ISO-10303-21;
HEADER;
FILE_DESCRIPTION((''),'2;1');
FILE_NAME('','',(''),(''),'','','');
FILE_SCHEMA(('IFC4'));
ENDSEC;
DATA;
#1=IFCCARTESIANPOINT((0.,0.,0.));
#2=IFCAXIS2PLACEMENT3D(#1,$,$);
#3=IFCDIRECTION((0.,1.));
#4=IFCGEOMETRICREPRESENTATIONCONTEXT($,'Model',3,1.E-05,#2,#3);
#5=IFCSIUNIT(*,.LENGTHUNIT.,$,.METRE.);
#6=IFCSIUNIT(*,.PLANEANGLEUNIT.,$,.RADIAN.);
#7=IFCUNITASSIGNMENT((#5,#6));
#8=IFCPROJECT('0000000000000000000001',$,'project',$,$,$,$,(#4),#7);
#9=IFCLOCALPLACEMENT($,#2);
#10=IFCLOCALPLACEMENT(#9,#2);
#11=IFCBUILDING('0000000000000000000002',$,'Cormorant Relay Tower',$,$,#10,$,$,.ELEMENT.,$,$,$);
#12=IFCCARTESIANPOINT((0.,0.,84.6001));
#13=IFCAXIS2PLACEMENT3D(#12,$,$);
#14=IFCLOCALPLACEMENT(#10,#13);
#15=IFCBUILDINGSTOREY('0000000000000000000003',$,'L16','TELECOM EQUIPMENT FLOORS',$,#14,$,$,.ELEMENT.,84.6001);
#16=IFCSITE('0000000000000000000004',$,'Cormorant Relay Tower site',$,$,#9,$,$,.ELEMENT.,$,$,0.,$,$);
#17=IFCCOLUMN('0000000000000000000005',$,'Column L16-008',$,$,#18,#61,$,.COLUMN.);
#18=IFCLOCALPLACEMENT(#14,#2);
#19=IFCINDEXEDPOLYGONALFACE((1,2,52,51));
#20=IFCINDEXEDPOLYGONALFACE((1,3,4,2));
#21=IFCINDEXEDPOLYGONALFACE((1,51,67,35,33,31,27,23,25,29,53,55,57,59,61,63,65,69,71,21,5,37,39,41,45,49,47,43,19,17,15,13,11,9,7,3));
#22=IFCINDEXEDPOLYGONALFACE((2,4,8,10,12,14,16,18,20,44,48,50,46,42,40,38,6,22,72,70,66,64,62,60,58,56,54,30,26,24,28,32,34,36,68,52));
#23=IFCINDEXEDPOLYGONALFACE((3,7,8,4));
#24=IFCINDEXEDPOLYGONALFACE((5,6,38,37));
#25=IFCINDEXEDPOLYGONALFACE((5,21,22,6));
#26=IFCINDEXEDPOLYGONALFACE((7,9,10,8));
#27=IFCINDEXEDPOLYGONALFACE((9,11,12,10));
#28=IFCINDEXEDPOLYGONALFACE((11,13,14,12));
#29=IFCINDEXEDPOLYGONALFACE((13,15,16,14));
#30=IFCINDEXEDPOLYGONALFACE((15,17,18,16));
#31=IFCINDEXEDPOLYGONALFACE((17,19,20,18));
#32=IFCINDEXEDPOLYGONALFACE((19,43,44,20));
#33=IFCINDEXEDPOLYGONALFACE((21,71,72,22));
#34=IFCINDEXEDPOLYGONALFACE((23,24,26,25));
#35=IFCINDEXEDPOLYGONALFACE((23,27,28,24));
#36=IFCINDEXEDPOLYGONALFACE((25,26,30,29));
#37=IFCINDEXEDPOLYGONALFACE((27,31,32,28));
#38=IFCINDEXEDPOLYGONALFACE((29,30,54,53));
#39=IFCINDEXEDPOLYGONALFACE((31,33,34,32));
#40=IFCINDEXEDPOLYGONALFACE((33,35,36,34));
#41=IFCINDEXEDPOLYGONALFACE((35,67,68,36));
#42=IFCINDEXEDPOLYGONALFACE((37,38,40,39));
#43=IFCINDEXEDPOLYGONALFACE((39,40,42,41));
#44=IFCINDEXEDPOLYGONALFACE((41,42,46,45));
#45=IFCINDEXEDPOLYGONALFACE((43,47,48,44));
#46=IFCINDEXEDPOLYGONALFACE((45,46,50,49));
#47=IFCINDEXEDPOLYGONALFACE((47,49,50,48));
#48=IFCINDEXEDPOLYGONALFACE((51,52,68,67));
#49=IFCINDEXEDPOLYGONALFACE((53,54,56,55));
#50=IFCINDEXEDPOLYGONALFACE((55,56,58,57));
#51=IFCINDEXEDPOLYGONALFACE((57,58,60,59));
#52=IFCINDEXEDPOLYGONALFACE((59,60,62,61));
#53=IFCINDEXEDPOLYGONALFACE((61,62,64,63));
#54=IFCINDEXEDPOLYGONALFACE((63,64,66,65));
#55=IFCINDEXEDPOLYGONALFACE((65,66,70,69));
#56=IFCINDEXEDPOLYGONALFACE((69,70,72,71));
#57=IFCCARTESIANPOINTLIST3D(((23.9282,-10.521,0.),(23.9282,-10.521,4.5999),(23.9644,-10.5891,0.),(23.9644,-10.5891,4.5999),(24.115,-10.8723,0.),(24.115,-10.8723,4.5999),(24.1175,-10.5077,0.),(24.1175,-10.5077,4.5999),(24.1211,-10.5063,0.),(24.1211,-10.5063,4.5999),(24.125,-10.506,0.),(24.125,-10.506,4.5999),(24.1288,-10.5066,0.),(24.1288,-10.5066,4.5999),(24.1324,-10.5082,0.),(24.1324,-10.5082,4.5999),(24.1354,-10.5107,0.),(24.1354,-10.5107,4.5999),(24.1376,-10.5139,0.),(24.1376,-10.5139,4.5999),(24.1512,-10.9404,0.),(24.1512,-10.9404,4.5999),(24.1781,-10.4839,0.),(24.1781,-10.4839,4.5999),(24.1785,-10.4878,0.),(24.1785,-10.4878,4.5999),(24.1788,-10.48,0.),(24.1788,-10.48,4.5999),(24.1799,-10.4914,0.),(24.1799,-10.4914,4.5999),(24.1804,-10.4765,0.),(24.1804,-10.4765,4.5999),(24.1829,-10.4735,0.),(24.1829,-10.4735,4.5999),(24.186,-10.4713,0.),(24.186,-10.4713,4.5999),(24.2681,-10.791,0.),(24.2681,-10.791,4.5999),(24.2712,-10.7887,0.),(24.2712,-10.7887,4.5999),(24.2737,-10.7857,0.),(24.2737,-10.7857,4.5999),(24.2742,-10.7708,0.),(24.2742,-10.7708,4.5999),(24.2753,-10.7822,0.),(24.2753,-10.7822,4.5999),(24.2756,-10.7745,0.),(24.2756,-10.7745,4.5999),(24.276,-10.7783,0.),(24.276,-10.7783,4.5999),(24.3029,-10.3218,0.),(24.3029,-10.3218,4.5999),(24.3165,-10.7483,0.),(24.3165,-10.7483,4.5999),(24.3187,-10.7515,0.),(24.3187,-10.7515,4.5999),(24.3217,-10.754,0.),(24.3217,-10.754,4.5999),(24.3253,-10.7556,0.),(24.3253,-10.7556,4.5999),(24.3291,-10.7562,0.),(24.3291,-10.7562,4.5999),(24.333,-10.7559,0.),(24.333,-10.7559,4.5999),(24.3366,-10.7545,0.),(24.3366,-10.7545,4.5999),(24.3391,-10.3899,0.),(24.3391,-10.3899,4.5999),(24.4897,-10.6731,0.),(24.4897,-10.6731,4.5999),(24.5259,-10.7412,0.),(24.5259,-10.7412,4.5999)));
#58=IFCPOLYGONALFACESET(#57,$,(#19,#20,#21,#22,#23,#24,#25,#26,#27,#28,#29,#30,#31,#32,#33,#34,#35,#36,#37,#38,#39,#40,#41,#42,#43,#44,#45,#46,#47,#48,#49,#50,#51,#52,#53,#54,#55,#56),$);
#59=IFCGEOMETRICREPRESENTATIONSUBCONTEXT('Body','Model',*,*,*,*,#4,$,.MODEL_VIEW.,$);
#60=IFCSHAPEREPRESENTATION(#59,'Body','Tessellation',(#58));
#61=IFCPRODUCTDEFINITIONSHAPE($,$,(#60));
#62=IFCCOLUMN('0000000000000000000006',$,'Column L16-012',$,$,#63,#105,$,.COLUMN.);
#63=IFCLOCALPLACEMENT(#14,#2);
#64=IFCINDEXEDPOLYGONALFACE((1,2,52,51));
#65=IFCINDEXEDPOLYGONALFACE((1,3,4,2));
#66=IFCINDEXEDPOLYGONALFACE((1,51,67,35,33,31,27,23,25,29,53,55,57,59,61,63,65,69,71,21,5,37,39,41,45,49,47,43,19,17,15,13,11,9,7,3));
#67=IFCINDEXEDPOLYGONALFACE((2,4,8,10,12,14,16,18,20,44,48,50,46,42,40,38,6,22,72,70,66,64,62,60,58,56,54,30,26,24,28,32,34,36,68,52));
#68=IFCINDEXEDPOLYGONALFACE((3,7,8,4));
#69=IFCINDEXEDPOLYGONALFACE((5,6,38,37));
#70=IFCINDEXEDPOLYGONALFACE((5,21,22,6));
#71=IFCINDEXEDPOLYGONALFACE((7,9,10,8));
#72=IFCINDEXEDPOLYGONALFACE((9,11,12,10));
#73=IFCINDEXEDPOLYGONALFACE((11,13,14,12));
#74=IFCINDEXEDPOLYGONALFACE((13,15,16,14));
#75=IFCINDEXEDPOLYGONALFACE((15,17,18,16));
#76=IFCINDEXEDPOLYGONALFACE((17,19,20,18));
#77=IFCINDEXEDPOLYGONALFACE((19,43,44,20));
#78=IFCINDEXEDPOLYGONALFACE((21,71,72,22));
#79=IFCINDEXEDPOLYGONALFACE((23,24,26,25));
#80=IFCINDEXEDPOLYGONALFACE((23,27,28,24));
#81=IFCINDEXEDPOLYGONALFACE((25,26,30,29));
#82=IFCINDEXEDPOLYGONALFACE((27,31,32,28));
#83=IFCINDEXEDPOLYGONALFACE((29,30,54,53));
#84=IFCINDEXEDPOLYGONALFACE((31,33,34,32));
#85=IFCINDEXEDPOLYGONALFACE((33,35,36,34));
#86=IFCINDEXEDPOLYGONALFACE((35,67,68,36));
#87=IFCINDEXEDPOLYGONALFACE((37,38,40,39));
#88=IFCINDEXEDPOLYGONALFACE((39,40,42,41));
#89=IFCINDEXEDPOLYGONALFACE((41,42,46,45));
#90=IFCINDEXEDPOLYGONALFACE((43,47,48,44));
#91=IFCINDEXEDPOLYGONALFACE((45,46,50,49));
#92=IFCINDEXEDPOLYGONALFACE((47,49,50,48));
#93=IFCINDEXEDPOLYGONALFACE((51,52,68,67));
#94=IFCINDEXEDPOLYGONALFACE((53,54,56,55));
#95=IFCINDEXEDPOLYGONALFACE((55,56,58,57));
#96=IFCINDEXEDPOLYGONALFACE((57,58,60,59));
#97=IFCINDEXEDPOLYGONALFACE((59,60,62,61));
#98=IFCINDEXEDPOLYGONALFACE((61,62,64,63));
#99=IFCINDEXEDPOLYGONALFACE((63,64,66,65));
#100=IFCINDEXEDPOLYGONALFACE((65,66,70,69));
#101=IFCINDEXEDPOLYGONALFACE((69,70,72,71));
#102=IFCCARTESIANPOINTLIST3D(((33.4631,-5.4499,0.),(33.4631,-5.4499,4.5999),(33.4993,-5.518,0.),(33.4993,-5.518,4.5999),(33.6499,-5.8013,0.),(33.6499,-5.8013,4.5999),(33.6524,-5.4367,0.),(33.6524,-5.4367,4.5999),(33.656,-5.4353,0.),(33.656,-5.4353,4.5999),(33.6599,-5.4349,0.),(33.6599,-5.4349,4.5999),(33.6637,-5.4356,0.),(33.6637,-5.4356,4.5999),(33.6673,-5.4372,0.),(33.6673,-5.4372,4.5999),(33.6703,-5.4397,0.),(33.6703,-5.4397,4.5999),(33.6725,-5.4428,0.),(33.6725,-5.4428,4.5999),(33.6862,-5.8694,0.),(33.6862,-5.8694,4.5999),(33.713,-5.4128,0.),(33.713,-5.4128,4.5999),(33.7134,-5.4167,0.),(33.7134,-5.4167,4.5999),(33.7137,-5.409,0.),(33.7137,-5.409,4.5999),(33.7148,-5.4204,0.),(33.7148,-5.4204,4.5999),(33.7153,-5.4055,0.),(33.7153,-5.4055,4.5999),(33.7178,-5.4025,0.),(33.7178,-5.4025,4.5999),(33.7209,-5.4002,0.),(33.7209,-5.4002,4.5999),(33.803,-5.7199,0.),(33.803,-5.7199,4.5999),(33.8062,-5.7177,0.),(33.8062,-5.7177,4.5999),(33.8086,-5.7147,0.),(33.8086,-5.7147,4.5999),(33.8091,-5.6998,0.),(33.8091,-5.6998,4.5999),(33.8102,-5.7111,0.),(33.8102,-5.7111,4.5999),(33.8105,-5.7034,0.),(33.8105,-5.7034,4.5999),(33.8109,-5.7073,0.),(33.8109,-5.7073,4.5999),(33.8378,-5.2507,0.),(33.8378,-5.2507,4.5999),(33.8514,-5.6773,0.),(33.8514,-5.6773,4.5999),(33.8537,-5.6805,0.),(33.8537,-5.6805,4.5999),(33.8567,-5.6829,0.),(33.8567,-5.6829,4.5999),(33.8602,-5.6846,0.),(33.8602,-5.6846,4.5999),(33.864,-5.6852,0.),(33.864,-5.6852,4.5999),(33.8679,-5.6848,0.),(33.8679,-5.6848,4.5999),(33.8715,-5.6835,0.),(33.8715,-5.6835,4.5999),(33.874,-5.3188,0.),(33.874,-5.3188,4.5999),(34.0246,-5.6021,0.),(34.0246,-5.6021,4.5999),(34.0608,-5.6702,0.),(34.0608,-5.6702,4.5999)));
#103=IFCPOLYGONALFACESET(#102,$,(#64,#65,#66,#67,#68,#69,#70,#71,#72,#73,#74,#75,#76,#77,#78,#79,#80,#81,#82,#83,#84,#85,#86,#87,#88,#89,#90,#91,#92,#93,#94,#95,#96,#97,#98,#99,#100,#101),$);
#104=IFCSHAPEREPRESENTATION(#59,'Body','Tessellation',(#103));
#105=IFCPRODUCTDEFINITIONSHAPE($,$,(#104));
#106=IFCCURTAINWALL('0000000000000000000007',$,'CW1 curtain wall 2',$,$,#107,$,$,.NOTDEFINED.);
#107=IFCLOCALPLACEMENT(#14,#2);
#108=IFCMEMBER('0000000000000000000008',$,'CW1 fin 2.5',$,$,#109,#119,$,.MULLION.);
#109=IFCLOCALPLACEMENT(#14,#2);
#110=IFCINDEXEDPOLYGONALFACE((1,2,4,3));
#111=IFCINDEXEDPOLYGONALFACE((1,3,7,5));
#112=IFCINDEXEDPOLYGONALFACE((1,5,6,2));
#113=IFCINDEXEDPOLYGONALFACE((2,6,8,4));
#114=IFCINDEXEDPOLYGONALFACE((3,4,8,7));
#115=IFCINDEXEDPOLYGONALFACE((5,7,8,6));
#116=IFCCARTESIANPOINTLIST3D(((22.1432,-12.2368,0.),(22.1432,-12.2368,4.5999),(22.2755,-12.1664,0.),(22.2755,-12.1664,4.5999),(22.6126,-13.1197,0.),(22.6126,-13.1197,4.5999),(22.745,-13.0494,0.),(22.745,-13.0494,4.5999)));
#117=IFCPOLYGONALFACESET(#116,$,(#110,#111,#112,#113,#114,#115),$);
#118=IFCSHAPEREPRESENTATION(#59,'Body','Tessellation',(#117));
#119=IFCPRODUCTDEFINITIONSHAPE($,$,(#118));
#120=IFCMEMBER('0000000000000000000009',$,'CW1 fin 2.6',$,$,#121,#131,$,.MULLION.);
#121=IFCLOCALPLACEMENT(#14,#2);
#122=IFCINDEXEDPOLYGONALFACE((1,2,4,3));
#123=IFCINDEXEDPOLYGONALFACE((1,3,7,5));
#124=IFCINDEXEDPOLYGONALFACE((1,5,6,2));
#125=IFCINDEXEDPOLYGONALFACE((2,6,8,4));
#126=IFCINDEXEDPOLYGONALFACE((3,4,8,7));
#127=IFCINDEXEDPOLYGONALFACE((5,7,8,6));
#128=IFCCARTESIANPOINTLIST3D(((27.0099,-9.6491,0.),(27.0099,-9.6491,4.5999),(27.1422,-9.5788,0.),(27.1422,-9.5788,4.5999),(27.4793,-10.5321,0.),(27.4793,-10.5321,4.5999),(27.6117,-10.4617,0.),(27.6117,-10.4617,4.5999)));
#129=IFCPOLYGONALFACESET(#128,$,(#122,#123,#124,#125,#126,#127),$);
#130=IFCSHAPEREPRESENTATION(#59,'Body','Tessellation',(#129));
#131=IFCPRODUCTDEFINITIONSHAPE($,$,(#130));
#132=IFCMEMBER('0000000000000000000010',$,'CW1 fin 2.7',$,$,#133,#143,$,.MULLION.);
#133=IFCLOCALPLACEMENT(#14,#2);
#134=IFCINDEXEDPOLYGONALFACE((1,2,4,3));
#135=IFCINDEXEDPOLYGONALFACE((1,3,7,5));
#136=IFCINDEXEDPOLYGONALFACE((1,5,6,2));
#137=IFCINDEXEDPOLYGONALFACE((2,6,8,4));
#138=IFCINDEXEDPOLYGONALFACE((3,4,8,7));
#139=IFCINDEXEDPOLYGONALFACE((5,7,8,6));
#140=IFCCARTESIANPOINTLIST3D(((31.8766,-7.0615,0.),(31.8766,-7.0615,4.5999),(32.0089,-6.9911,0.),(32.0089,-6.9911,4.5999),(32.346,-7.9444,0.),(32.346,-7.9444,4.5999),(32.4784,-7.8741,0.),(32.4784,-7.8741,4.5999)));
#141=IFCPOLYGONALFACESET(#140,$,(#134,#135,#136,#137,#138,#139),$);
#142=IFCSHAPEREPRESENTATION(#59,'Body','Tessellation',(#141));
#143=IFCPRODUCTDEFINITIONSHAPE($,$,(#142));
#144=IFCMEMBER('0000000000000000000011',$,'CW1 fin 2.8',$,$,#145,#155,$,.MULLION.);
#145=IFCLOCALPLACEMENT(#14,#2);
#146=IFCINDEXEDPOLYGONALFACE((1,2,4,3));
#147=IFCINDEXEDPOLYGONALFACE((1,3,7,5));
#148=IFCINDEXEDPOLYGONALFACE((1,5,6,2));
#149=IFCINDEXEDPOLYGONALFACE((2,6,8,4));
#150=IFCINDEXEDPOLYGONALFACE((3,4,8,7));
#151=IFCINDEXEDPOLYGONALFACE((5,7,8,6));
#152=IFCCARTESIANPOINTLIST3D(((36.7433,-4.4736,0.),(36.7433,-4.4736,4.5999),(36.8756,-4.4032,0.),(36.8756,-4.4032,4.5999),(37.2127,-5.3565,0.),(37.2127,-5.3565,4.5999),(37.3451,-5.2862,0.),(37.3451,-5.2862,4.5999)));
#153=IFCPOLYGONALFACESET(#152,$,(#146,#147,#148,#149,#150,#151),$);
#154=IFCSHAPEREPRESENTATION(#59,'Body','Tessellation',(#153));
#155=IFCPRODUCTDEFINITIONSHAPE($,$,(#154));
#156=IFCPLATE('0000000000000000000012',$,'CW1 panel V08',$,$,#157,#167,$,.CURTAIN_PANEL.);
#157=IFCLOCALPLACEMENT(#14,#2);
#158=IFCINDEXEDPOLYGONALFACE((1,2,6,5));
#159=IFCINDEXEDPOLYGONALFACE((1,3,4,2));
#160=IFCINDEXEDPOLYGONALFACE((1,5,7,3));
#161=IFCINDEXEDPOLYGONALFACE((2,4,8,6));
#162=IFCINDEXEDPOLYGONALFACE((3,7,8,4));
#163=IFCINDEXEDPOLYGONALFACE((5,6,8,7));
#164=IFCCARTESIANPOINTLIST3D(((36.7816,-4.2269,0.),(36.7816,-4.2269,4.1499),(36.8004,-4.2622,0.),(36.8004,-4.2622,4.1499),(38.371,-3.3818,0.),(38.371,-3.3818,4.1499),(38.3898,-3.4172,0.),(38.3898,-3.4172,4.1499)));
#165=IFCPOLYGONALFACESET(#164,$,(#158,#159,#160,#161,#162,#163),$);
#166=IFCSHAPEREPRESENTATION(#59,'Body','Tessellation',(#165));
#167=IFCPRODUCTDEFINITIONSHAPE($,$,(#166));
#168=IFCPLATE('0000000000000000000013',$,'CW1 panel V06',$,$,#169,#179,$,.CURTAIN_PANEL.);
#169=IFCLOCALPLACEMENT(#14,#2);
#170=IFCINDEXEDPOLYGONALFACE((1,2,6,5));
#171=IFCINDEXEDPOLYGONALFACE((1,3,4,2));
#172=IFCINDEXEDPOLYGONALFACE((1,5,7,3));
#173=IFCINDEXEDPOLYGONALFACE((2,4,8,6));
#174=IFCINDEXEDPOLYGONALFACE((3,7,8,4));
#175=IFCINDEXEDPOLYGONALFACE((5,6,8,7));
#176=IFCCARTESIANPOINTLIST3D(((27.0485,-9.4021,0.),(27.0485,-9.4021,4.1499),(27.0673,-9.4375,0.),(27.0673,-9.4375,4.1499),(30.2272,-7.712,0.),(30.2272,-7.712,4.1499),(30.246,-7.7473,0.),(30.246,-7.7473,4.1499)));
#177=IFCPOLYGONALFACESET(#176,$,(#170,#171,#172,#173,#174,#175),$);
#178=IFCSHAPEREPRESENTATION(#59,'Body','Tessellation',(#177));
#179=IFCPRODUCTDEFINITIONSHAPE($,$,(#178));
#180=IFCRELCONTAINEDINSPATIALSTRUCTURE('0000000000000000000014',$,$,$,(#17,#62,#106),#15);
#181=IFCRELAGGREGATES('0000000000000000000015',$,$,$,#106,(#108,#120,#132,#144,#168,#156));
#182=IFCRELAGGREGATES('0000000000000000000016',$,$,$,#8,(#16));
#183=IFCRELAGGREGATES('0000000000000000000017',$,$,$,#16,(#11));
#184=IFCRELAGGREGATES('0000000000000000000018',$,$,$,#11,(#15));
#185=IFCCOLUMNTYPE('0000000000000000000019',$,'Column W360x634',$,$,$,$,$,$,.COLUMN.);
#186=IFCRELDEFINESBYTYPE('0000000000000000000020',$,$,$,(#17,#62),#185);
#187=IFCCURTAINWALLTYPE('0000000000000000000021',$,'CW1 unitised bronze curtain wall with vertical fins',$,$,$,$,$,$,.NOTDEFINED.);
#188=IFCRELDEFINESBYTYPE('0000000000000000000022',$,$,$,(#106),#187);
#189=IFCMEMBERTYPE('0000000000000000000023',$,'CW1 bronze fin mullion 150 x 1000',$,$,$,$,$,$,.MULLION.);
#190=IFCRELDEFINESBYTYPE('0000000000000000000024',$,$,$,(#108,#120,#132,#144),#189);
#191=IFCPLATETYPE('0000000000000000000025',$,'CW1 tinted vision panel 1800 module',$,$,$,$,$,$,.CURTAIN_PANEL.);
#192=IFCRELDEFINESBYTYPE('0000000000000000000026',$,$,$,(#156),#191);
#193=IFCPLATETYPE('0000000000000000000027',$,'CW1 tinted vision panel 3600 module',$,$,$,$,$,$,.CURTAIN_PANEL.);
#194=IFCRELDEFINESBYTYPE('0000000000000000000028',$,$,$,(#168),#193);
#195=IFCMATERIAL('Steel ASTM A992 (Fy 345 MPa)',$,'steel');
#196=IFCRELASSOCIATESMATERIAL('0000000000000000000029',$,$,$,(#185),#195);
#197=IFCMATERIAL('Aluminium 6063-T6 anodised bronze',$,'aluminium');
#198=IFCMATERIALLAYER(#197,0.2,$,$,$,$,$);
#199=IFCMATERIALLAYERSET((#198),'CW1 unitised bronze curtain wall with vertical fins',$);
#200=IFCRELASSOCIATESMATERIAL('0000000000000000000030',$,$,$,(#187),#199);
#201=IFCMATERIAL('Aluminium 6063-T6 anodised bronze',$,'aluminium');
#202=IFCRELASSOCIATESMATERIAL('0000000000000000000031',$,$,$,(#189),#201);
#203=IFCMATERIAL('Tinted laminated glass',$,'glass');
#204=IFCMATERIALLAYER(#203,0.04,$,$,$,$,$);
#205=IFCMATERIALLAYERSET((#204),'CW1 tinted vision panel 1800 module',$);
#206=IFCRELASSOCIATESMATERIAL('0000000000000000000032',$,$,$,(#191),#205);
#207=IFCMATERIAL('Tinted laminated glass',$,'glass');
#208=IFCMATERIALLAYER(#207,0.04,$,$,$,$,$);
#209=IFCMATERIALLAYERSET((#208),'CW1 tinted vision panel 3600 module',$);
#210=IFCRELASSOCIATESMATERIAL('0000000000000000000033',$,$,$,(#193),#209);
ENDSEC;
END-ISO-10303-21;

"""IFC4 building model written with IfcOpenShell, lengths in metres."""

from ifc_helpers import new_model, si_unit, direction, frame, origin, origin_2d, place, context, subcontext, project, spatial, rectangle, i_section, extrude, material, layer, layer_set, material_profile, profile_set, type_object, element, aggregate, save


model = new_model("IFC4")

# Units and contexts
model_context = context("Model", 3, precision=1e-05, world=origin(), true_north=direction((0.0, 1.0)))
body_context = subcontext(model_context, "Body", "Model", "MODEL_VIEW")
ifc_project = project(units=[si_unit("LENGTHUNIT", "METRE"), si_unit("PLANEANGLEUNIT", "RADIAN")], contexts=[model_context])

# Site, building, storey
site_placement = place(None, origin())
site = spatial("IfcSite", under=ifc_project, at=site_placement, Name="Cormorant Relay Tower site", CompositionType="ELEMENT", RefElevation=0.0)
building_placement = place(site_placement, origin())
building = spatial("IfcBuilding", under=site, at=building_placement, Name="Cormorant Relay Tower", CompositionType="ELEMENT")
storey_placement = place(building_placement, frame((0.0, 0.0, 84.6001)))
storey = spatial("IfcBuildingStorey", under=building, at=storey_placement, Name="L16", Description="TELECOM EQUIPMENT FLOORS", CompositionType="ELEMENT", Elevation=84.6001)

# Columns
ifc_material_1 = material(Name="Steel ASTM A992 (Fy 345 MPa)", Category="steel")
ifc_material_profile_1 = material_profile(ifc_material_1, i_section(OverallWidth=0.4243, OverallDepth=0.4751, WebThickness=0.0479, FlangeThickness=0.0771, FilletRadius=0.0149, at=origin_2d()), Name="W360x634")
ifc_profile_set_1 = profile_set([ifc_material_profile_1], Name="Steel ASTM A992 (Fy 345 MPa)")
column_type = type_object("IfcColumnType", Name="Column W360x634", PredefinedType="COLUMN", material=ifc_profile_set_1)
for number, where, z_axis, x_axis, name in (
    (1, (24.2271, -10.6311, 0.0), (0.0, 0.0, 1.0), (0.882948, 0.469472, 0.0), "Column L16-008"),
    (2, (33.762, -5.5601, 0.0), (0.0, 0.0, 1.0), (0.882948, 0.469472, 0.0), "Column L16-012"),
):
    element("IfcColumn", number, at=place(storey_placement, frame(where, z_axis=z_axis, x_axis=x_axis)), inside=storey, type_object=column_type, Name=name, PredefinedType="COLUMN", context=body_context, shape_type="SweptSolid", body=[
        extrude(i_section(OverallWidth=0.4243, OverallDepth=0.4751, WebThickness=0.0479, FlangeThickness=0.0771, FilletRadius=0.0149, at=origin_2d()), origin(), (0.0, 0.0, 1.0), 4.5999),
    ])

# Curtain wall, members, plates
ifc_material_2 = material(Name="Aluminium 6063-T6 anodised bronze", Category="aluminium")
ifc_layer_1 = layer(ifc_material_2, 0.2)
ifc_layer_set_1 = layer_set([ifc_layer_1], Name="CW1 unitised bronze curtain wall with vertical fins")
curtain_wall_type = type_object("IfcCurtainWallType", Name="CW1 unitised bronze curtain wall with vertical fins", PredefinedType="NOTDEFINED", material=ifc_layer_set_1)
curtain_wall_placement = place(storey_placement, origin())
curtain_wall = element("IfcCurtainWall", 3, at=curtain_wall_placement, inside=storey, type_object=curtain_wall_type, Name="CW1 curtain wall 2", PredefinedType="NOTDEFINED")
ifc_material_3 = material(Name="Aluminium 6063-T6 anodised bronze", Category="aluminium")
ifc_material_profile_2 = material_profile(ifc_material_3, rectangle(XDim=0.1499, YDim=1.0, at=origin_2d()), Name="AL 150x1000")
ifc_profile_set_2 = profile_set([ifc_material_profile_2], Name="Aluminium 6063-T6 anodised bronze")
member_type = type_object("IfcMemberType", Name="CW1 bronze fin mullion 150 x 1000", PredefinedType="MULLION", material=ifc_profile_set_2)
member_1_placement = place(storey_placement, frame((22.4441, -12.6431, 0.0), z_axis=(0.0, 0.0, 1.0), x_axis=(0.882948, 0.469472, 0.0)))
member_1 = element("IfcMember", 4, at=member_1_placement, type_object=member_type, Name="CW1 fin 2.5", PredefinedType="MULLION", context=body_context, shape_type="SweptSolid", body=[
    extrude(rectangle(XDim=0.1499, YDim=1.0, at=origin_2d()), origin(), (0.0, 0.0, 1.0), 4.5999),
])
member_2_placement = place(storey_placement, frame((27.3108, -10.0554, 0.0), z_axis=(0.0, 0.0, 1.0), x_axis=(0.882948, 0.469472, 0.0)))
member_2 = element("IfcMember", 5, at=member_2_placement, type_object=member_type, Name="CW1 fin 2.6", PredefinedType="MULLION", context=body_context, shape_type="SweptSolid", body=[
    extrude(rectangle(XDim=0.1499, YDim=1.0, at=origin_2d()), origin(), (0.0, 0.0, 1.0), 4.5999),
])
member_3_placement = place(storey_placement, frame((32.1775, -7.4678, 0.0), z_axis=(0.0, 0.0, 1.0), x_axis=(0.882948, 0.469472, 0.0)))
member_3 = element("IfcMember", 6, at=member_3_placement, type_object=member_type, Name="CW1 fin 2.7", PredefinedType="MULLION", context=body_context, shape_type="SweptSolid", body=[
    extrude(rectangle(XDim=0.1499, YDim=1.0, at=origin_2d()), origin(), (0.0, 0.0, 1.0), 4.5999),
])
member_4_placement = place(storey_placement, frame((37.0442, -4.8799, 0.0), z_axis=(0.0, 0.0, 1.0), x_axis=(0.882948, 0.469472, 0.0)))
member_4 = element("IfcMember", 7, at=member_4_placement, type_object=member_type, Name="CW1 fin 2.8", PredefinedType="MULLION", context=body_context, shape_type="SweptSolid", body=[
    extrude(rectangle(XDim=0.1499, YDim=1.0, at=origin_2d()), origin(), (0.0, 0.0, 1.0), 4.5999),
])
ifc_material_4 = material(Name="Tinted laminated glass", Category="glass")
ifc_layer_2 = layer(ifc_material_4, 0.04)
ifc_layer_set_2 = layer_set([ifc_layer_2], Name="CW1 tinted vision panel 1800 module")
plate_type_1 = type_object("IfcPlateType", Name="CW1 tinted vision panel 1800 module", PredefinedType="CURTAIN_PANEL", material=ifc_layer_set_2)
plate_1_placement = place(storey_placement, frame((37.5857, -3.822, 0.0), z_axis=(0.0, 0.0, 1.0), x_axis=(0.882948, 0.469472, 0.0)))
plate_1 = element("IfcPlate", 8, at=plate_1_placement, type_object=plate_type_1, Name="CW1 panel V08", PredefinedType="CURTAIN_PANEL", context=body_context, shape_type="SweptSolid", body=[
    extrude(rectangle(XDim=1.8, YDim=0.04, at=origin_2d()), origin(), (0.0, 0.0, 1.0), 4.1499),
])
ifc_material_5 = material(Name="Tinted laminated glass", Category="glass")
ifc_layer_3 = layer(ifc_material_5, 0.04)
ifc_layer_set_3 = layer_set([ifc_layer_3], Name="CW1 tinted vision panel 3600 module")
plate_type_2 = type_object("IfcPlateType", Name="CW1 tinted vision panel 3600 module", PredefinedType="CURTAIN_PANEL", material=ifc_layer_set_3)
plate_2_placement = place(storey_placement, frame((28.6472, -8.5747, 0.0), z_axis=(0.0, 0.0, 1.0), x_axis=(0.882948, 0.469472, 0.0)))
plate_2 = element("IfcPlate", 9, at=plate_2_placement, type_object=plate_type_2, Name="CW1 panel V06", PredefinedType="CURTAIN_PANEL", context=body_context, shape_type="SweptSolid", body=[
    extrude(rectangle(XDim=3.6001, YDim=0.04, at=origin_2d()), origin(), (0.0, 0.0, 1.0), 4.1499),
])

aggregate(curtain_wall, [member_1, member_2, member_3, member_4, plate_2, plate_1])

save(model, "model.ifc")
